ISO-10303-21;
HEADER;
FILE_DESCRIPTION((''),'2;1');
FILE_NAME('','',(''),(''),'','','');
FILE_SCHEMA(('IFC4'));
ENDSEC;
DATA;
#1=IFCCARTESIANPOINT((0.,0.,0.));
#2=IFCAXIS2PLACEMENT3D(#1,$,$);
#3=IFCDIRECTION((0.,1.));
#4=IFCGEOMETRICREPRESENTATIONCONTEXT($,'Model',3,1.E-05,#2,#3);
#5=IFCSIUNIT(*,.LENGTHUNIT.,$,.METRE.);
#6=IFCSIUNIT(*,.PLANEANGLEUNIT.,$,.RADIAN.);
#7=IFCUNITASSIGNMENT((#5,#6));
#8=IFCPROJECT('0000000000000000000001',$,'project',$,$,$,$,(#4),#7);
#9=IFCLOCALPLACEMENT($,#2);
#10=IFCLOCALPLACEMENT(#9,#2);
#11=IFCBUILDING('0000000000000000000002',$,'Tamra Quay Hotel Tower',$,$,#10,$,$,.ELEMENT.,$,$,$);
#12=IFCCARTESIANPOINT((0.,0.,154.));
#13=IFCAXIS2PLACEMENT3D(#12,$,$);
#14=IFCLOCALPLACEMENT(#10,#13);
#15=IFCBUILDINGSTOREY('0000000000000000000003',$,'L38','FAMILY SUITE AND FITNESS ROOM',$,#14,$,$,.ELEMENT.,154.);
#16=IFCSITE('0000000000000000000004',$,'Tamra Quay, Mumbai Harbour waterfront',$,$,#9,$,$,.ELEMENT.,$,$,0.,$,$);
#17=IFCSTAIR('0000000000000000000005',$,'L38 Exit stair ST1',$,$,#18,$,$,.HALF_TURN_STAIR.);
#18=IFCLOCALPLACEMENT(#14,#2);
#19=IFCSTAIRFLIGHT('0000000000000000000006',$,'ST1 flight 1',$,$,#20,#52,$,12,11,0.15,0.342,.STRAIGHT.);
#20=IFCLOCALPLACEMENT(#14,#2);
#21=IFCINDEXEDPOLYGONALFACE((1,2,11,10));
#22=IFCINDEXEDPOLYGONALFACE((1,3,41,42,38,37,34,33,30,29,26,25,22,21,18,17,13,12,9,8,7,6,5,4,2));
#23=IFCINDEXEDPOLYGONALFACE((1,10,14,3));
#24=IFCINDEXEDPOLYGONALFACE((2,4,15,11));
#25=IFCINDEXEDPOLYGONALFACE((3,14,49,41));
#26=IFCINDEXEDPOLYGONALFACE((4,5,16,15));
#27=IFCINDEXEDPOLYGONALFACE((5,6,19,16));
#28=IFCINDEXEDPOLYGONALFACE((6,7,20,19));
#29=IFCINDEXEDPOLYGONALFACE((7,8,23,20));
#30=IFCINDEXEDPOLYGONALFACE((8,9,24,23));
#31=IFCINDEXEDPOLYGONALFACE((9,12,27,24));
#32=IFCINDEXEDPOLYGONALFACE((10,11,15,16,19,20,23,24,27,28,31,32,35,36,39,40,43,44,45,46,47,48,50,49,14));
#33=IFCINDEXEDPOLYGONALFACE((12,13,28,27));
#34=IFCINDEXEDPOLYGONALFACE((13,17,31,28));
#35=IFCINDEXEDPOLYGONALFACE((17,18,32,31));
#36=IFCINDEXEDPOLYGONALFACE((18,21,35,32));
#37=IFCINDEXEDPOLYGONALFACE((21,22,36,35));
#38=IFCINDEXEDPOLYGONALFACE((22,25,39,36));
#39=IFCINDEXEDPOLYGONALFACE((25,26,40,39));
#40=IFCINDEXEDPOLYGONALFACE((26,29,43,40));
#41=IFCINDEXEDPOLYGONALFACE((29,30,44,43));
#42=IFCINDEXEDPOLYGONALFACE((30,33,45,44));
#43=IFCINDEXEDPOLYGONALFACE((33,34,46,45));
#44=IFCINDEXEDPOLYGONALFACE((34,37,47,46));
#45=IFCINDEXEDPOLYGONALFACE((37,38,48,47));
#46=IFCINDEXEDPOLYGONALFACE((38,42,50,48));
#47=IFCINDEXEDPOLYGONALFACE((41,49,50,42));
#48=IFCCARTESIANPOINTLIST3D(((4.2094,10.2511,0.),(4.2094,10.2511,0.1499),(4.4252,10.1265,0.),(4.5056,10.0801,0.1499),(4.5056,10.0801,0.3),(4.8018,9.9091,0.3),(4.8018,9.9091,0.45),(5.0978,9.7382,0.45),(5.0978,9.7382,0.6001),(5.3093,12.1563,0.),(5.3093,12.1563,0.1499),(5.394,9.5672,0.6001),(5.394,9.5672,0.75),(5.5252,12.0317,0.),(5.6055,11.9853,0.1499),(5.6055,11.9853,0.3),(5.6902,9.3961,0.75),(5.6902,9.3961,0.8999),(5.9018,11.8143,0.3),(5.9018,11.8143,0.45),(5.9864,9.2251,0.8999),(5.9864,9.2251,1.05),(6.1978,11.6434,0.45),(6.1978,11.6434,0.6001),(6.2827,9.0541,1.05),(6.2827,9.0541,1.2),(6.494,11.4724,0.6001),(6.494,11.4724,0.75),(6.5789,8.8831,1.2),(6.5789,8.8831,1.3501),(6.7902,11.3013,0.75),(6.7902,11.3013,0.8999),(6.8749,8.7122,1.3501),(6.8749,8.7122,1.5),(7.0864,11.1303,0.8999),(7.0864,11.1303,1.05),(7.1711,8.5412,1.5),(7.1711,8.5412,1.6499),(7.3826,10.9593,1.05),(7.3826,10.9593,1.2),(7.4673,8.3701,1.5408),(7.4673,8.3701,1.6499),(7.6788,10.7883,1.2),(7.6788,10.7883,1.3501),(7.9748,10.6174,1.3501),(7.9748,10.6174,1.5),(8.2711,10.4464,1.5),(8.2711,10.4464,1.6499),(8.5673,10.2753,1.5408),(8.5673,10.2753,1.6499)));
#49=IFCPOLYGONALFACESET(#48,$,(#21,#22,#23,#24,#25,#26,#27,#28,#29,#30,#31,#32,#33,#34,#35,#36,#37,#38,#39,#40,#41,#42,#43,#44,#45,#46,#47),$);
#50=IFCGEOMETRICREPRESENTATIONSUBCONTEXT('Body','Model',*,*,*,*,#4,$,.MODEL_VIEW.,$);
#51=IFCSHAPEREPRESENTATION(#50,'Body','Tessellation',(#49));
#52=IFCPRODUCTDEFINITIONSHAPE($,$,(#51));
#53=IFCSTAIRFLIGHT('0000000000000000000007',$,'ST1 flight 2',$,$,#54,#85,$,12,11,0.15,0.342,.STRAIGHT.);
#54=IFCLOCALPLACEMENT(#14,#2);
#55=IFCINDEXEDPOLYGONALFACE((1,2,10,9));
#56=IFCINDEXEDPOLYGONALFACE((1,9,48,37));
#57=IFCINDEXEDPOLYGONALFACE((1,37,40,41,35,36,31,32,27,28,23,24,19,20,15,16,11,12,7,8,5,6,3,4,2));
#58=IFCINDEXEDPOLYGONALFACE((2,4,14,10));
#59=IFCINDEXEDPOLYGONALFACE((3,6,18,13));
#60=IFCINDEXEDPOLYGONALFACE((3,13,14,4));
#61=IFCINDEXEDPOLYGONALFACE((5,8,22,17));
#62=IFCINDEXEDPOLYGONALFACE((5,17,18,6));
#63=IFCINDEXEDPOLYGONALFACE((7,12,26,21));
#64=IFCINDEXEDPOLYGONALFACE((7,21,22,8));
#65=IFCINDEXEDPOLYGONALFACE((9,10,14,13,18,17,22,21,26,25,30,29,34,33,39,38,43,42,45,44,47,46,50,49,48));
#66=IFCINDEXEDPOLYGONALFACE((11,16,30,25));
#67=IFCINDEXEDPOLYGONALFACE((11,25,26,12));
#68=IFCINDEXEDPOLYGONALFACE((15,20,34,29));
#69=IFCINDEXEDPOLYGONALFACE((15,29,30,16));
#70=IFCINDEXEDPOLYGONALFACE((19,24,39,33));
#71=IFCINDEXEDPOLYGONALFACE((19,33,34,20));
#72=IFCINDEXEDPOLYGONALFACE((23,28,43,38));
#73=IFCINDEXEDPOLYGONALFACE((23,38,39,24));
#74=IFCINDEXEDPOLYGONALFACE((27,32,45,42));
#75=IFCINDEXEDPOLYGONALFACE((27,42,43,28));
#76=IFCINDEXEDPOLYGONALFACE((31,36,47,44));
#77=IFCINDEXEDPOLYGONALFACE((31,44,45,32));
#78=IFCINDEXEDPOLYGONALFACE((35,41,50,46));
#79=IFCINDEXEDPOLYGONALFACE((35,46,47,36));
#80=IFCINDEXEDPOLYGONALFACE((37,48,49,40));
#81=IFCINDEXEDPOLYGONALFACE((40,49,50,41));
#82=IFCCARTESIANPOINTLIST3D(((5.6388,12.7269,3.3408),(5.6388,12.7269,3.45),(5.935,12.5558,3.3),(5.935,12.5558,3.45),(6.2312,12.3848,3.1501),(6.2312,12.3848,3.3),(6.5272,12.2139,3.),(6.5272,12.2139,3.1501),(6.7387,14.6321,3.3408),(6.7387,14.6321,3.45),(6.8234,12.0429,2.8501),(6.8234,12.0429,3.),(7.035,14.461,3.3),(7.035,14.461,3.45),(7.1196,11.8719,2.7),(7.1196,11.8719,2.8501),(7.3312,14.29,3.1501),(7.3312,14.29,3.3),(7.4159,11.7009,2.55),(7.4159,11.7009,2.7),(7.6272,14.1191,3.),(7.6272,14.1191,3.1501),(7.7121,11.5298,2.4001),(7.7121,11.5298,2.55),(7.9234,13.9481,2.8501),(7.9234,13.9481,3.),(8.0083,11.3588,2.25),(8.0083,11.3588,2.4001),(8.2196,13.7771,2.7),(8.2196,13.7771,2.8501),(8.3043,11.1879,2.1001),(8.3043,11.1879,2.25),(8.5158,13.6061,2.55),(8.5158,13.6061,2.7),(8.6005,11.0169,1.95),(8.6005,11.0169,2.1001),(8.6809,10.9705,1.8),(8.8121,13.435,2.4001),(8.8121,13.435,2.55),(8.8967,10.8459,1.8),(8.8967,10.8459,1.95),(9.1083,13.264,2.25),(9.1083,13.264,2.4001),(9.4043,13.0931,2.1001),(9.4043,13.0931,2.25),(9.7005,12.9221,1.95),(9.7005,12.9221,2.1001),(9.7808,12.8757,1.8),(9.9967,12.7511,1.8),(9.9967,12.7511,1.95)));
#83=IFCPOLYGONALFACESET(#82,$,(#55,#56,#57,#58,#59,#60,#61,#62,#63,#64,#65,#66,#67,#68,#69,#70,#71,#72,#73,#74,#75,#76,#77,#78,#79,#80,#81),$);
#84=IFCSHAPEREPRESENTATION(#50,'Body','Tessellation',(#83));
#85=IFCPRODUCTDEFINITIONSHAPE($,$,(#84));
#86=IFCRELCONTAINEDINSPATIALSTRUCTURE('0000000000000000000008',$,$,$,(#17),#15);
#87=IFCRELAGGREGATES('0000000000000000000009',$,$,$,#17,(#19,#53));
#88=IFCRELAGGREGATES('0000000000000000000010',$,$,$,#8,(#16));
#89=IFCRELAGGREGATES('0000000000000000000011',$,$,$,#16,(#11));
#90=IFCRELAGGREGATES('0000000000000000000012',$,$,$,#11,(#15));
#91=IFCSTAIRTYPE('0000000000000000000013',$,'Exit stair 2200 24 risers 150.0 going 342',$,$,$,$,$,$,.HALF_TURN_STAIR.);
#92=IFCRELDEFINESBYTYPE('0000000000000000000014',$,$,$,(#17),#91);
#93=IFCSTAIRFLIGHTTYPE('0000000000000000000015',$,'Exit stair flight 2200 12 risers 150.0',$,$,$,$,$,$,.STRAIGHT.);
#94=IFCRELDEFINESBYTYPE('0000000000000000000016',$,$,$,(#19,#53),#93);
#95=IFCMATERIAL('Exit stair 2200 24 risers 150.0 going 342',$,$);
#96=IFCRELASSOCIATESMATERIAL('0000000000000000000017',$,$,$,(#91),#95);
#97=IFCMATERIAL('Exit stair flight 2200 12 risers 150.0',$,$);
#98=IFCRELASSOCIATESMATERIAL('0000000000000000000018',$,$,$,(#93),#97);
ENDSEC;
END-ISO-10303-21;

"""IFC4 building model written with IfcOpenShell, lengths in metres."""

from ifc_helpers import new_model, si_unit, direction, frame, origin, place, context, subcontext, project, spatial, polyline, outline, extrude, material, type_object, element, aggregate, save


model = new_model("IFC4")

# Units and contexts
model_context = context("Model", 3, precision=1e-05, world=origin(), true_north=direction((0.0, 1.0)))
body_context = subcontext(model_context, "Body", "Model", "MODEL_VIEW")
ifc_project = project(units=[si_unit("LENGTHUNIT", "METRE"), si_unit("PLANEANGLEUNIT", "RADIAN")], contexts=[model_context])

# Site, building, storey
site_placement = place(None, origin())
site = spatial("IfcSite", under=ifc_project, at=site_placement, Name="Tamra Quay, Mumbai Harbour waterfront", CompositionType="ELEMENT", RefElevation=0.0)
building_placement = place(site_placement, origin())
building = spatial("IfcBuilding", under=site, at=building_placement, Name="Tamra Quay Hotel Tower", CompositionType="ELEMENT")
storey_placement = place(building_placement, frame((0.0, 0.0, 154.0)))
storey = spatial("IfcBuildingStorey", under=building, at=storey_placement, Name="L38", Description="FAMILY SUITE AND FITNESS ROOM", CompositionType="ELEMENT", Elevation=154.0)

# Stair, stair flights
ifc_material_1 = material(Name="Exit stair 2200 24 risers 150.0 going 342")
stair_type = type_object("IfcStairType", Name="Exit stair 2200 24 risers 150.0 going 342", PredefinedType="HALF_TURN_STAIR", material=ifc_material_1)
stair_placement = place(storey_placement, origin())
stair = element("IfcStair", 1, at=stair_placement, inside=storey, type_object=stair_type, Name="L38 Exit stair ST1", PredefinedType="HALF_TURN_STAIR")
ifc_material_2 = material(Name="Exit stair flight 2200 12 risers 150.0")
stair_flight_type = type_object("IfcStairFlightType", Name="Exit stair flight 2200 12 risers 150.0", PredefinedType="STRAIGHT", material=ifc_material_2)
stair_flight_1_placement = place(storey_placement, frame((4.7593, 11.2036, 0.0), z_axis=(0.0, 0.0, 1.0), x_axis=(0.866025, -0.5, 0.0)))
stair_flight_1 = element("IfcStairFlight", 2, at=stair_flight_1_placement, type_object=stair_flight_type, Name="ST1 flight 1", NumberOfRisers=12, NumberOfTreads=11, PredefinedType="STRAIGHT", RiserHeight=0.15, TreadLength=0.342, context=body_context, shape_type="SweptSolid", body=[
    extrude(outline(polyline([(0.0, 0.0), (0.0, 0.1499), (0.342, 0.1499), (0.342, 0.3), (0.6841, 0.3), (0.6841, 0.45), (1.0259, 0.45), (1.0259, 0.6001), (1.3679, 0.6001), (1.3679, 0.75), (1.71, 0.75), (1.71, 0.8999), (2.052, 0.8999), (2.052, 1.05), (2.394, 1.05), (2.394, 1.2), (2.7361, 1.2), (2.7361, 1.3501), (3.0779, 1.3501), (3.0779, 1.5), (3.4199, 1.5), (3.4199, 1.6499), (3.762, 1.6499), (3.762, 1.8), (3.762, 1.5408), (0.2493, 0.0), (0.0, 0.0)])), frame((0.0, 1.1001, 0.0), z_axis=(0.0, -1.0, 0.0), x_axis=(1.0, 0.0, 0.0)), (0.0, 0.0, 1.0), 2.2),
])
stair_flight_2_placement = place(storey_placement, frame((9.4468, 11.7986, 1.8), z_axis=(0.0, 0.0, 1.0), x_axis=(-0.866025, 0.5, 0.0)))
stair_flight_2 = element("IfcStairFlight", 3, at=stair_flight_2_placement, type_object=stair_flight_type, Name="ST1 flight 2", NumberOfRisers=12, NumberOfTreads=11, PredefinedType="STRAIGHT", RiserHeight=0.15, TreadLength=0.342, context=body_context, shape_type="SweptSolid", body=[
    extrude(outline(polyline([(0.0, 0.0), (0.0, 0.1499), (0.342, 0.1499), (0.342, 0.3), (0.6841, 0.3), (0.6841, 0.45), (1.0259, 0.45), (1.0259, 0.6001), (1.3679, 0.6001), (1.3679, 0.75), (1.71, 0.75), (1.71, 0.8999), (2.052, 0.8999), (2.052, 1.05), (2.394, 1.05), (2.394, 1.2), (2.7361, 1.2), (2.7361, 1.3501), (3.0779, 1.3501), (3.0779, 1.5), (3.4199, 1.5), (3.4199, 1.6499), (3.762, 1.6499), (3.762, 1.8), (3.762, 1.5408), (0.2493, 0.0), (0.0, 0.0)])), frame((0.0, 1.1001, 0.0), z_axis=(0.0, -1.0, 0.0), x_axis=(1.0, 0.0, 0.0)), (0.0, 0.0, 1.0), 2.2),
])
aggregate(stair, [stair_flight_1, stair_flight_2])

save(model, "model.ifc")
